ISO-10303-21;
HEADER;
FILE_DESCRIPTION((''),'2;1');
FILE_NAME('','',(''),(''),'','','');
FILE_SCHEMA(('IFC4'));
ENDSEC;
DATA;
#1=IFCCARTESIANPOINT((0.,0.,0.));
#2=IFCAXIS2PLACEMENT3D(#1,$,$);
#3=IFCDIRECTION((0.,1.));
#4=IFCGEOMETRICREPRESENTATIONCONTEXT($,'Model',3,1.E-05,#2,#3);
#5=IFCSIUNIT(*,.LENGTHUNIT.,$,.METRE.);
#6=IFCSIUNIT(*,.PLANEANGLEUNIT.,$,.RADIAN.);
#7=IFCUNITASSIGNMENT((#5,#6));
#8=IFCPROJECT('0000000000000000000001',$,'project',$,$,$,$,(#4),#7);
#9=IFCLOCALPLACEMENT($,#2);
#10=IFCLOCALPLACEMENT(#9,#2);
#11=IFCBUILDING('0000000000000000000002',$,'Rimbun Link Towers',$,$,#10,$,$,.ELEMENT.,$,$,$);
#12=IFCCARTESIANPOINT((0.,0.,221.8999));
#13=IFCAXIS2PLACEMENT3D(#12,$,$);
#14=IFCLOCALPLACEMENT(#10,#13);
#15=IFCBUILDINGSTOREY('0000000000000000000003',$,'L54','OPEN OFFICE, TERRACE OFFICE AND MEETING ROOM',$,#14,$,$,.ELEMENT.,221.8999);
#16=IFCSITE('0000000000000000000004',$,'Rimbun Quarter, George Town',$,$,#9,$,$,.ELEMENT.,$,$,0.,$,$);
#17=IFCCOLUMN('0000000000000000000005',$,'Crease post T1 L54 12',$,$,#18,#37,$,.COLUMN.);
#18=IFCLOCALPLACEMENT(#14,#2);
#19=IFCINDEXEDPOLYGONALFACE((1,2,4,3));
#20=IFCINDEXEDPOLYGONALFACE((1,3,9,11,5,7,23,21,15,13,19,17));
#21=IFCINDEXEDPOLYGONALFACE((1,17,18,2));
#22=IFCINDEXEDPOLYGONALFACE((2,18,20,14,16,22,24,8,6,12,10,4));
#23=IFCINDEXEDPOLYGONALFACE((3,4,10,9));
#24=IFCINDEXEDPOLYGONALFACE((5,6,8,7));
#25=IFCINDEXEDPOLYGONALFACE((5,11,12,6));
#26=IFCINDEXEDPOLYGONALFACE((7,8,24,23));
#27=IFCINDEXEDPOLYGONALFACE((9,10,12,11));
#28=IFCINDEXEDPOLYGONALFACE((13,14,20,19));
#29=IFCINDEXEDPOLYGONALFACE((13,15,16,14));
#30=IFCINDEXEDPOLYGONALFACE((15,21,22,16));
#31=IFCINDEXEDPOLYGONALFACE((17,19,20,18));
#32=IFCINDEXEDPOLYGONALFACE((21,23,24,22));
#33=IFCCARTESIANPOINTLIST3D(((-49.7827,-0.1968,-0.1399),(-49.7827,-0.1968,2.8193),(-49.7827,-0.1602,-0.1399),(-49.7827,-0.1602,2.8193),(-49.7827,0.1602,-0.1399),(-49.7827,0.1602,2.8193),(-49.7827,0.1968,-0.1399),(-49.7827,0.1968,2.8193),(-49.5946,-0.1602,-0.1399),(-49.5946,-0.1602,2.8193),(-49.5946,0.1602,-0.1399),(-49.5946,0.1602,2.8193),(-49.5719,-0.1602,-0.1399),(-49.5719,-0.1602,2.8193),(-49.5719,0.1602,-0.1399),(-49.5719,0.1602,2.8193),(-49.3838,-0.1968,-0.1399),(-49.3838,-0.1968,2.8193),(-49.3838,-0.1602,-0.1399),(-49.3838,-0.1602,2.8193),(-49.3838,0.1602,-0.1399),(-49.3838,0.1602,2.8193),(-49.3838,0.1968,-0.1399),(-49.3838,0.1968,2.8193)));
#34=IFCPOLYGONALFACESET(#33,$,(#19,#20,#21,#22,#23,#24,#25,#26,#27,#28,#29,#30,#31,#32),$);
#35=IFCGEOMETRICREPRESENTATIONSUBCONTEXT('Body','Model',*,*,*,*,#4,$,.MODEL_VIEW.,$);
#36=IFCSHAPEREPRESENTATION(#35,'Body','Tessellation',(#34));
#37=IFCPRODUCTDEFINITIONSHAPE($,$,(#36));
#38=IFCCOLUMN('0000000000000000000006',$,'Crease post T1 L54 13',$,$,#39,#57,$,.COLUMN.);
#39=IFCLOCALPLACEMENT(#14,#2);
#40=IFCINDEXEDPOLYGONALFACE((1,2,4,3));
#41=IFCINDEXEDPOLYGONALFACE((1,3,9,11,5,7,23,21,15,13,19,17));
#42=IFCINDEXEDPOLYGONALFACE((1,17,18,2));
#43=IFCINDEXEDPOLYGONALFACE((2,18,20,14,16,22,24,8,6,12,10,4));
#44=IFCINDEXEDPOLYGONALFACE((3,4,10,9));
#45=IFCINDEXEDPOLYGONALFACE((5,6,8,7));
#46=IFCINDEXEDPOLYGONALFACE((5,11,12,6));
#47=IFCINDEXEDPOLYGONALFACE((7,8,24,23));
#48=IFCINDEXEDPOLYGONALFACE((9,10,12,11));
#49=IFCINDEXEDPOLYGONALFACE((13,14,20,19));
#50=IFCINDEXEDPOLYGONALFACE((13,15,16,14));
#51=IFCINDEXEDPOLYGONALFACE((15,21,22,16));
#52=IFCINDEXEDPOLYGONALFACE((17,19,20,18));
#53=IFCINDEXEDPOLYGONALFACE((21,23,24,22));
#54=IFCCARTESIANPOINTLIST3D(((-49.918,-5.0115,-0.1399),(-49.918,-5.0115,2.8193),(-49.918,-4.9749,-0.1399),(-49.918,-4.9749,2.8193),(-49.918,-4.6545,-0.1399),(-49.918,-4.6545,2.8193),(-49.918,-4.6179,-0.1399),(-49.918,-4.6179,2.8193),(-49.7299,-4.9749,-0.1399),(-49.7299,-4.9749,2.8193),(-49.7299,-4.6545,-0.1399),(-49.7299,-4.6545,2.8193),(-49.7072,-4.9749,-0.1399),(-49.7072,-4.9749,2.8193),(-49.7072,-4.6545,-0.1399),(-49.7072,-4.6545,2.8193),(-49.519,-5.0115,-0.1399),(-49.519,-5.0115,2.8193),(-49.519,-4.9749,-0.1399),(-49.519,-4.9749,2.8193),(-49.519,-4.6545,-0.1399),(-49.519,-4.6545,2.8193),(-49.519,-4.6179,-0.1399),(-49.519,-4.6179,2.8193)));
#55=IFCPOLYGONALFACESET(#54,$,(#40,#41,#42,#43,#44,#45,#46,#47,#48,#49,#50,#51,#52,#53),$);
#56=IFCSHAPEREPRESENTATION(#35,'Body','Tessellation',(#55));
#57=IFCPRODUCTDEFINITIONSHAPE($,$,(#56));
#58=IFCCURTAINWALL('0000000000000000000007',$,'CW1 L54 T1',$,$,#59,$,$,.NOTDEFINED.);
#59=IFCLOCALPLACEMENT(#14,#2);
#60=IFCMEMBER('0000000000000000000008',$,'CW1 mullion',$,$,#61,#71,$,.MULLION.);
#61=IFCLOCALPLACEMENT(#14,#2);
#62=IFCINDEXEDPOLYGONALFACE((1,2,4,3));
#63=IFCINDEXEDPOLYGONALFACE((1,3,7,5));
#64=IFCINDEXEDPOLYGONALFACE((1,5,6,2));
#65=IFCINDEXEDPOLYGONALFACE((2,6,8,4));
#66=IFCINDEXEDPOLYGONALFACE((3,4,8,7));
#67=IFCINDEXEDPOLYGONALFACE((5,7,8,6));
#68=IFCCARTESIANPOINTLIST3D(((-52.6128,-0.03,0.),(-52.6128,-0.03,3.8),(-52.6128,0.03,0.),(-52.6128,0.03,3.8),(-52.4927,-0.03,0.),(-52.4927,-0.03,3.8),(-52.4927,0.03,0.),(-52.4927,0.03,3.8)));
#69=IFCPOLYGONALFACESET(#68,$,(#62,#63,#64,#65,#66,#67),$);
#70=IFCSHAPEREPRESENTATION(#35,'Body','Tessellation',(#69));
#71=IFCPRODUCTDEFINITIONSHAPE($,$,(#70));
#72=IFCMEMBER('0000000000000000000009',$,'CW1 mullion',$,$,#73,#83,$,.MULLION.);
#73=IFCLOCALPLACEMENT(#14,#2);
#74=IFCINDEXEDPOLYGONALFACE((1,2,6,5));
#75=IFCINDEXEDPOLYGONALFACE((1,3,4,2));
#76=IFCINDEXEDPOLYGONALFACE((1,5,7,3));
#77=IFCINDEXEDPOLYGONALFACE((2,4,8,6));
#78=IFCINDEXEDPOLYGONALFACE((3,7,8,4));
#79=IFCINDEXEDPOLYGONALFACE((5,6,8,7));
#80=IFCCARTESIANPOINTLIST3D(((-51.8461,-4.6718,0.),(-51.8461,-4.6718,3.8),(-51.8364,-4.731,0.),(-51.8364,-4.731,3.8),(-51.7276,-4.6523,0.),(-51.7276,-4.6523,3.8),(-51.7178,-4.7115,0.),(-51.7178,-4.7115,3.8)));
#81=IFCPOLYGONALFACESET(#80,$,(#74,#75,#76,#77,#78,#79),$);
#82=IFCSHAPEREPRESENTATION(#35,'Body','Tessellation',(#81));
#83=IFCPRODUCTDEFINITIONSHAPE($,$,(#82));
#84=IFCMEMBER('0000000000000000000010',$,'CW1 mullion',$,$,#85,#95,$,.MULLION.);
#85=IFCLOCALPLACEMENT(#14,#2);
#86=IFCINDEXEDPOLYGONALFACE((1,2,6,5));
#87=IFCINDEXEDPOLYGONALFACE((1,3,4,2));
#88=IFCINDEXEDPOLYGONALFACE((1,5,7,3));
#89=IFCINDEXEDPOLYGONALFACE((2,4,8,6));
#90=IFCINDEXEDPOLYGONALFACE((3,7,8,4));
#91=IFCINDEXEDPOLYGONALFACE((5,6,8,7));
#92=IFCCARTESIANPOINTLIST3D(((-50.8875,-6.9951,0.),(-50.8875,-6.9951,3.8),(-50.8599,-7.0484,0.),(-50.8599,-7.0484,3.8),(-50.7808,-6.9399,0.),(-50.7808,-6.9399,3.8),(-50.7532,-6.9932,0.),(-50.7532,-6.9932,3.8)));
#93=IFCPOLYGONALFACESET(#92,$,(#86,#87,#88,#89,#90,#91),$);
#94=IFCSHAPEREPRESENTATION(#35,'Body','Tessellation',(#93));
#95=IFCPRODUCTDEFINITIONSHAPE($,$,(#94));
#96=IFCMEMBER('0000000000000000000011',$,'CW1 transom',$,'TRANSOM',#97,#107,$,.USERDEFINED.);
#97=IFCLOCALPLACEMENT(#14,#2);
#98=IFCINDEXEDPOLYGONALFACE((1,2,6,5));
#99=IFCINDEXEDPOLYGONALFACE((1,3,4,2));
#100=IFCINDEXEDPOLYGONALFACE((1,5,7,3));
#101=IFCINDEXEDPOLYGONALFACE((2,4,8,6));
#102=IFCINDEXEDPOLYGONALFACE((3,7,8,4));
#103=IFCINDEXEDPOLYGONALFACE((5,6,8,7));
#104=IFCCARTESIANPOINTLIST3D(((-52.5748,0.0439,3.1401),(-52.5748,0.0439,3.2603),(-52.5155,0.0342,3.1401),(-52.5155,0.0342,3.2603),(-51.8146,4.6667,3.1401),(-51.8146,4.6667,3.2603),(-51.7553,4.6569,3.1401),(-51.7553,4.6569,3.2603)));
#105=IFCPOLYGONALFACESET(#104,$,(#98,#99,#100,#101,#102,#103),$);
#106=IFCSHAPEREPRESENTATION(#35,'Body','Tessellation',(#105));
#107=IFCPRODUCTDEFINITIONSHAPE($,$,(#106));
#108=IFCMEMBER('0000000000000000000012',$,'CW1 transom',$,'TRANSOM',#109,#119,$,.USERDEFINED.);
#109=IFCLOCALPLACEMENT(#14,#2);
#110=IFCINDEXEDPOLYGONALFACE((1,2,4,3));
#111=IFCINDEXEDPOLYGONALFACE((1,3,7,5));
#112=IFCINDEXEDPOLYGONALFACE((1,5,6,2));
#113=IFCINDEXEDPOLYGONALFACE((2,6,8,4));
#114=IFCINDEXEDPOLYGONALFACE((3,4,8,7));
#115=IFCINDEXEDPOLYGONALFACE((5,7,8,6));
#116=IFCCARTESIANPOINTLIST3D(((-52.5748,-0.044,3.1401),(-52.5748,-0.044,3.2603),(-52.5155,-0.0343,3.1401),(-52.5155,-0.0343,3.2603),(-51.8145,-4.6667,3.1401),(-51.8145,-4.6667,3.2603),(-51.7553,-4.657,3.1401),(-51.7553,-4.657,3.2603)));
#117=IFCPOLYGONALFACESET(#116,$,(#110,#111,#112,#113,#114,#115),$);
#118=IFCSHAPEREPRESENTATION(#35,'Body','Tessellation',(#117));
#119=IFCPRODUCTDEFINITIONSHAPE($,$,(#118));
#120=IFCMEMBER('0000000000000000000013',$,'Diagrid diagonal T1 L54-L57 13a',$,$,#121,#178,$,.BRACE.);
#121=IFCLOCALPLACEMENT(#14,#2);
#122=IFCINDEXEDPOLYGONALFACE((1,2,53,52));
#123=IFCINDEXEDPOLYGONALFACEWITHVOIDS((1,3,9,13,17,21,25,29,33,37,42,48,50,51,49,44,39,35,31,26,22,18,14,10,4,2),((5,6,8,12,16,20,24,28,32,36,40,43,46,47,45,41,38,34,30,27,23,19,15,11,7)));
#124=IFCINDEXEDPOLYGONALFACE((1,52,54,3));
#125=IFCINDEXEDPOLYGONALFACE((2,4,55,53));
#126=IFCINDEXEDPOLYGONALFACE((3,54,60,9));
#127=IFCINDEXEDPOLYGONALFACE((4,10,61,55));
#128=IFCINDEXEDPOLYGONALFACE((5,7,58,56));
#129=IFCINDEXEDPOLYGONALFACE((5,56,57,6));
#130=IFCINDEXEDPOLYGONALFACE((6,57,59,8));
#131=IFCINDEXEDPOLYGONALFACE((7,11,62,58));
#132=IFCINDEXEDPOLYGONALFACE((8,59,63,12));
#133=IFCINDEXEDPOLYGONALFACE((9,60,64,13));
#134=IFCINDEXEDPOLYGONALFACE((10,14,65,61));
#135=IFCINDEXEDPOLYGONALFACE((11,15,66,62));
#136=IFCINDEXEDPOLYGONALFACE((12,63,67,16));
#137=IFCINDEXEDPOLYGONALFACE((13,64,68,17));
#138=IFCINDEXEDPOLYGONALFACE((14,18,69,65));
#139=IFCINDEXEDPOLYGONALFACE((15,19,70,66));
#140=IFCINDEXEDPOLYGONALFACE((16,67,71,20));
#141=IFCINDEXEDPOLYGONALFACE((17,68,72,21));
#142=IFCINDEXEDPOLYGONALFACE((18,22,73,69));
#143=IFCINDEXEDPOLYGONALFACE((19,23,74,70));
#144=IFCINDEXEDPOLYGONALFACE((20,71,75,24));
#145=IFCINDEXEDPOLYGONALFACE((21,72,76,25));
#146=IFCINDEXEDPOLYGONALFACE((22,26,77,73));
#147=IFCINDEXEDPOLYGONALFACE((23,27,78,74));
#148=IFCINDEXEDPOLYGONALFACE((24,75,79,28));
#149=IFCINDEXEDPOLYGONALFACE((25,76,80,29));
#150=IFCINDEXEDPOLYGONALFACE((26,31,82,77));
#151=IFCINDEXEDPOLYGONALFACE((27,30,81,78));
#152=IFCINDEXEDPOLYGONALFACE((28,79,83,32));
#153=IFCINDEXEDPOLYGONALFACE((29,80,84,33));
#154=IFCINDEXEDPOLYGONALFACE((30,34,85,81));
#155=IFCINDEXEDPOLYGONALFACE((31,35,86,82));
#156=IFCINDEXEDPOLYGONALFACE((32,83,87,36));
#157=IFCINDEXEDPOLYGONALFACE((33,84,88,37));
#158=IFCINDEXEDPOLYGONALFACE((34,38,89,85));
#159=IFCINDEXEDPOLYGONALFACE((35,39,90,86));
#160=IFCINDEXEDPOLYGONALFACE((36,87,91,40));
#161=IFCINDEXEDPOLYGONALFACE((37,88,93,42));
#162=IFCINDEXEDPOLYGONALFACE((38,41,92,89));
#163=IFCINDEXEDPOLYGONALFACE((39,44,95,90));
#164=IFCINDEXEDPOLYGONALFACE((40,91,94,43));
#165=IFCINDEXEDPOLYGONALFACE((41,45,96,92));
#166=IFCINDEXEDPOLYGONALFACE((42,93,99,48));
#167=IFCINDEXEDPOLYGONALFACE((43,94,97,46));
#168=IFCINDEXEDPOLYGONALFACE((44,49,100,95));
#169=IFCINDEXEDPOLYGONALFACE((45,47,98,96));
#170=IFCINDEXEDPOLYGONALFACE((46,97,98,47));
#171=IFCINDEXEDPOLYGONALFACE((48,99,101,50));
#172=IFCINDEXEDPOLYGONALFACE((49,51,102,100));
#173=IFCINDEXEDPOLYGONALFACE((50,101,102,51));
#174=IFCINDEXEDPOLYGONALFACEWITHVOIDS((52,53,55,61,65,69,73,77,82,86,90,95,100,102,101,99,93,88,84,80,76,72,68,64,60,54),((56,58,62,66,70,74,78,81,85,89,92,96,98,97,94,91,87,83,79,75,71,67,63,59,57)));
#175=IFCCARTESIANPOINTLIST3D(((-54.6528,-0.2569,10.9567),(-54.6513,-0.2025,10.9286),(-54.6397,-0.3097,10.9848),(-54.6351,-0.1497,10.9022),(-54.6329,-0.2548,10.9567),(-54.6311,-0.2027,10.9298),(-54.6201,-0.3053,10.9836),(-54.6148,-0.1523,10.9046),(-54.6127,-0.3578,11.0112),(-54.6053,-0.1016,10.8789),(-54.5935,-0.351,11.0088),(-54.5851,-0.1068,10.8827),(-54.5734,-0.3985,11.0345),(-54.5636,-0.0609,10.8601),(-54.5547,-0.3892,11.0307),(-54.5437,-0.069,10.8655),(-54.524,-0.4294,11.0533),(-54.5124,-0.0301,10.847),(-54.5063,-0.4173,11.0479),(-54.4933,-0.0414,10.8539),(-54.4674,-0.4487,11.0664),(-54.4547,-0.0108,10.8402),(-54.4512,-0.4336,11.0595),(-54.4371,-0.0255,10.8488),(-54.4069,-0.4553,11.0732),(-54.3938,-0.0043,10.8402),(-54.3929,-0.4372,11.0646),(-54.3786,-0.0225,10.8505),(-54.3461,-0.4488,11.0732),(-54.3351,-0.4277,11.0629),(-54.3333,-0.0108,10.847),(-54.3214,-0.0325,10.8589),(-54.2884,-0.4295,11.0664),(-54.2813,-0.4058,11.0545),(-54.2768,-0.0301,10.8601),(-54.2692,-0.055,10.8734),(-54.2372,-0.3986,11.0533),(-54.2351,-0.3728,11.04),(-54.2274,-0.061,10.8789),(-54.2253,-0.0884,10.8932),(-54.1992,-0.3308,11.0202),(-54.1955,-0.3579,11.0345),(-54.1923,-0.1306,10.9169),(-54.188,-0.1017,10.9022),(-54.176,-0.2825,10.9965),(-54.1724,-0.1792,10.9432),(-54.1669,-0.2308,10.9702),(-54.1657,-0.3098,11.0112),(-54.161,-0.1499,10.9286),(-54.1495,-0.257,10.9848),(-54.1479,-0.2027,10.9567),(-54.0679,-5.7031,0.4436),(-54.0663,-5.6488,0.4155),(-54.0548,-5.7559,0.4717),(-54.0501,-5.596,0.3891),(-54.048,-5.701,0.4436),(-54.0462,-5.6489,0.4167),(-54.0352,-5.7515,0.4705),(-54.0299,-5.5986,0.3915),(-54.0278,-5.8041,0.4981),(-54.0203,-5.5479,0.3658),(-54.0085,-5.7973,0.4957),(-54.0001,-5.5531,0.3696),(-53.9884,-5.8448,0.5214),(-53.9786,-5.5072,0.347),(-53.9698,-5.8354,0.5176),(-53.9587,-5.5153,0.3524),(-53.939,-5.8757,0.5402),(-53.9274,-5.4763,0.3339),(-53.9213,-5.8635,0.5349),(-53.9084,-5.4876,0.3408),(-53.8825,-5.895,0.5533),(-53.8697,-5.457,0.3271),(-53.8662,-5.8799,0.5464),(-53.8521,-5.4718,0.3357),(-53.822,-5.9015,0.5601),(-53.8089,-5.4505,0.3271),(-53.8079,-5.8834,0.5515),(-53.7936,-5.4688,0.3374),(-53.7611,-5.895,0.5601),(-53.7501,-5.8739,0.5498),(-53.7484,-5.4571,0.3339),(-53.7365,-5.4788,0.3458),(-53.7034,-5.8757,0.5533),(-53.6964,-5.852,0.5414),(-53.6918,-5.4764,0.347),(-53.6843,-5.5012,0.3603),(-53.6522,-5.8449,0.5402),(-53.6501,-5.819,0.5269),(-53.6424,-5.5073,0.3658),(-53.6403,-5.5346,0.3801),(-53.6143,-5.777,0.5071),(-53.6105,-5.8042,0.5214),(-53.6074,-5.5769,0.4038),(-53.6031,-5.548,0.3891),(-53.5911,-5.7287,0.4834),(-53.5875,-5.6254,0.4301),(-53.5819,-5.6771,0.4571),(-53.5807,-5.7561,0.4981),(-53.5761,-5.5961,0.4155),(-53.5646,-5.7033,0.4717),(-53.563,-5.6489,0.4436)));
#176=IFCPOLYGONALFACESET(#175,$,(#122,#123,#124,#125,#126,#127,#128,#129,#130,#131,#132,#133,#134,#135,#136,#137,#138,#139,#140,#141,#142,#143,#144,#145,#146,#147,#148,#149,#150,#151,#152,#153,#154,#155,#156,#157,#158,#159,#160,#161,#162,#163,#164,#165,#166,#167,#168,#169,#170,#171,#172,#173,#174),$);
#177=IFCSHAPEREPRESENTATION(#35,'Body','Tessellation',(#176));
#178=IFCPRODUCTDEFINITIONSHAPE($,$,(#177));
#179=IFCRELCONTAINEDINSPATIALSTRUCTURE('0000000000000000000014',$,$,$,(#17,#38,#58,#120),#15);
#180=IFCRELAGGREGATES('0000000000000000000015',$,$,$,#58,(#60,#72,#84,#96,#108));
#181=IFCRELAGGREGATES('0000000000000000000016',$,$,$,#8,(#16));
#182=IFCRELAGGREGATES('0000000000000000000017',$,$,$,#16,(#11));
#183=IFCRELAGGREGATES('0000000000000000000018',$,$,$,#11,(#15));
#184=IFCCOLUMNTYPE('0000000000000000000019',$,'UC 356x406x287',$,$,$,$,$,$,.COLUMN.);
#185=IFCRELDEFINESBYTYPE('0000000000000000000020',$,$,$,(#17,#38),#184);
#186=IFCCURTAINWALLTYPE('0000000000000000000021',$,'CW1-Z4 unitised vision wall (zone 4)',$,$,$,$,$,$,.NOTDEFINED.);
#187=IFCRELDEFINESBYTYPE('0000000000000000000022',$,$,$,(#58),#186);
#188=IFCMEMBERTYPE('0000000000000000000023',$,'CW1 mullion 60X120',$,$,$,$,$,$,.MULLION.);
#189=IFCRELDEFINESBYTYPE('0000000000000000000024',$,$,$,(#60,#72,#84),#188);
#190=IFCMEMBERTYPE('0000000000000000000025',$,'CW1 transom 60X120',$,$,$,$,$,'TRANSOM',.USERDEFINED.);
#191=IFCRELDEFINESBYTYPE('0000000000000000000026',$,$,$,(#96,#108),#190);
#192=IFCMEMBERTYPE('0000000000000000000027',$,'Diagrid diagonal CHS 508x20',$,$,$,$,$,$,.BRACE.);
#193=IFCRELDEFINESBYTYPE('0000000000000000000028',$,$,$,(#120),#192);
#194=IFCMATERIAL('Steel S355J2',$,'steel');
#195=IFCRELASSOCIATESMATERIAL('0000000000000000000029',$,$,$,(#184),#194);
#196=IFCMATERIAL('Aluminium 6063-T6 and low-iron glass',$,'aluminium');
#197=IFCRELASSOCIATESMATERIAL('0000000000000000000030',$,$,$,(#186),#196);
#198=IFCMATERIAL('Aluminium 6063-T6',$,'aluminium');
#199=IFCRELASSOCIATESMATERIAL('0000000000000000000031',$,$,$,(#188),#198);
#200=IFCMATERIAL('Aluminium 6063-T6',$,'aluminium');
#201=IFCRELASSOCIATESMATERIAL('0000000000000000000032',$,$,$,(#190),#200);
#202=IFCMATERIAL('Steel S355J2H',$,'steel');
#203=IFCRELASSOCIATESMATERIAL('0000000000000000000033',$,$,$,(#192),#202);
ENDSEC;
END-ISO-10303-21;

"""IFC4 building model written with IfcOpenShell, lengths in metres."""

from ifc_helpers import new_model, si_unit, direction, frame, origin, origin_2d, place, context, subcontext, project, spatial, rectangle, hollow_circle, i_section, extrude, material, material_profile, profile_set, type_object, element, aggregate, save


model = new_model("IFC4")

# Units and contexts
model_context = context("Model", 3, precision=1e-05, world=origin(), true_north=direction((0.0, 1.0)))
body_context = subcontext(model_context, "Body", "Model", "MODEL_VIEW")
ifc_project = project(units=[si_unit("LENGTHUNIT", "METRE"), si_unit("PLANEANGLEUNIT", "RADIAN")], contexts=[model_context])

# Site, building, storey
site_placement = place(None, origin())
site = spatial("IfcSite", under=ifc_project, at=site_placement, Name="Rimbun Quarter, George Town", CompositionType="ELEMENT", RefElevation=0.0)
building_placement = place(site_placement, origin())
building = spatial("IfcBuilding", under=site, at=building_placement, Name="Rimbun Link Towers", CompositionType="ELEMENT")
storey_placement = place(building_placement, frame((0.0, 0.0, 221.8999)))
storey = spatial("IfcBuildingStorey", under=building, at=storey_placement, Name="L54", Description="OPEN OFFICE, TERRACE OFFICE AND MEETING ROOM", CompositionType="ELEMENT", Elevation=221.8999)

# Columns
ifc_material_1 = material(Name="Steel S355J2", Category="steel")
ifc_material_profile_1 = material_profile(ifc_material_1, i_section(OverallWidth=0.3989, OverallDepth=0.3936, WebThickness=0.0227, FlangeThickness=0.0366, at=origin_2d()), Name="UC 356x406x287")
ifc_profile_set_1 = profile_set([ifc_material_profile_1], Name="Steel S355J2")
column_type = type_object("IfcColumnType", Name="UC 356x406x287", PredefinedType="COLUMN", material=ifc_profile_set_1)
for number, where, z_axis, x_axis, name in (
    (1, (-49.5833, 0.0, -0.1399), (0.0, 0.0, 1.0), (1.0, 0.0, 0.0), "Crease post T1 L54 12"),
    (2, (-49.7185, -4.8147, -0.1399), (0.0, 0.0, 1.0), (1.0, 0.0, 0.0), "Crease post T1 L54 13"),
):
    element("IfcColumn", number, at=place(storey_placement, frame(where, z_axis=z_axis, x_axis=x_axis)), inside=storey, type_object=column_type, Name=name, PredefinedType="COLUMN", context=body_context, shape_type="SweptSolid", body=[
        extrude(i_section(OverallWidth=0.3989, OverallDepth=0.3936, WebThickness=0.0227, FlangeThickness=0.0366, at=origin_2d()), origin(), (0.0, 0.0, 1.0), 2.9592),
    ])

# Curtain wall, members
ifc_material_2 = material(Name="Aluminium 6063-T6 and low-iron glass", Category="aluminium")
curtain_wall_type = type_object("IfcCurtainWallType", Name="CW1-Z4 unitised vision wall (zone 4)", PredefinedType="NOTDEFINED", material=ifc_material_2)
curtain_wall_placement = place(storey_placement, origin())
curtain_wall = element("IfcCurtainWall", 3, at=curtain_wall_placement, inside=storey, type_object=curtain_wall_type, Name="CW1 L54 T1", PredefinedType="NOTDEFINED")
ifc_material_3 = material(Name="Aluminium 6063-T6", Category="aluminium")
ifc_material_profile_2 = material_profile(ifc_material_3, rectangle(XDim=0.1201, YDim=0.0601, at=origin_2d()), Name="MULLION 60X120")
ifc_profile_set_2 = profile_set([ifc_material_profile_2], Name="Aluminium 6063-T6")
member_type_1 = type_object("IfcMemberType", Name="CW1 mullion 60X120", PredefinedType="MULLION", material=ifc_profile_set_2)
member_1_placement = place(storey_placement, frame((-52.5527, 0.0, 0.0), z_axis=(0.0, 0.0, 1.0), x_axis=(-1.0, 0.0, 0.0)))
member_1 = element("IfcMember", 4, at=member_1_placement, type_object=member_type_1, Name="CW1 mullion", PredefinedType="MULLION", context=body_context, shape_type="SweptSolid", body=[
    extrude(rectangle(XDim=0.1201, YDim=0.0601, at=origin_2d()), origin(), (0.0, 0.0, 1.0), 3.8),
])
member_2_placement = place(storey_placement, frame((-51.782, -4.6917, 0.0), z_axis=(0.0, 0.0, 1.0), x_axis=(-0.986747, -0.162264, 0.0)))
member_2 = element("IfcMember", 5, at=member_2_placement, type_object=member_type_1, Name="CW1 mullion", PredefinedType="MULLION", context=body_context, shape_type="SweptSolid", body=[
    extrude(rectangle(XDim=0.1201, YDim=0.0601, at=origin_2d()), origin(), (0.0, 0.0, 1.0), 3.8),
])
member_3_placement = place(storey_placement, frame((-50.8203, -6.9941, 0.0), z_axis=(0.0, 0.0, 1.0), x_axis=(-0.888153, -0.459548, 0.0)))
member_3 = element("IfcMember", 6, at=member_3_placement, type_object=member_type_1, Name="CW1 mullion", PredefinedType="MULLION", context=body_context, shape_type="SweptSolid", body=[
    extrude(rectangle(XDim=0.1201, YDim=0.0601, at=origin_2d()), origin(), (0.0, 0.0, 1.0), 3.8),
])
ifc_material_4 = material(Name="Aluminium 6063-T6", Category="aluminium")
ifc_material_profile_3 = material_profile(ifc_material_4, rectangle(XDim=0.0601, YDim=0.1201, at=origin_2d()), Name="TRANSOM 60X120")
ifc_profile_set_3 = profile_set([ifc_material_profile_3], Name="Aluminium 6063-T6")
member_type_2 = type_object("IfcMemberType", Name="CW1 transom 60X120", ElementType="TRANSOM", PredefinedType="USERDEFINED", material=ifc_profile_set_3)
member_4_placement = place(storey_placement, frame((-52.5452, 0.0391, 3.2002), z_axis=(0.162277, 0.986745, 0.0), x_axis=(-0.986745, 0.162277, 0.0)))
member_4 = element("IfcMember", 7, at=member_4_placement, type_object=member_type_2, Name="CW1 transom", ObjectType="TRANSOM", PredefinedType="USERDEFINED", context=body_context, shape_type="SweptSolid", body=[
    extrude(rectangle(XDim=0.0601, YDim=0.1201, at=origin_2d()), origin(), (0.0, 0.0, 1.0), 4.6848),
])
member_5_placement = place(storey_placement, frame((-51.7849, -4.6619, 3.2002), z_axis=(-0.162277, 0.986745, 0.0), x_axis=(-0.986745, -0.162277, 0.0)))
member_5 = element("IfcMember", 8, at=member_5_placement, type_object=member_type_2, Name="CW1 transom", ObjectType="TRANSOM", PredefinedType="USERDEFINED", context=body_context, shape_type="SweptSolid", body=[
    extrude(rectangle(XDim=0.0601, YDim=0.1201, at=origin_2d()), origin(), (0.0, 0.0, 1.0), 4.6848),
])

# Member
ifc_material_5 = material(Name="Steel S355J2H", Category="steel")
ifc_material_profile_4 = material_profile(ifc_material_5, hollow_circle(Radius=0.2539, WallThickness=0.02, at=origin_2d()), Name="Diagrid diagonal CHS 508x20")
ifc_profile_set_4 = profile_set([ifc_material_profile_4], Name="Steel S355J2H")
member_type_3 = type_object("IfcMemberType", Name="Diagrid diagonal CHS 508x20", PredefinedType="BRACE", material=ifc_profile_set_4)
member_6_placement = place(storey_placement, frame((-53.8154, -5.676, 0.4436), z_axis=(-0.049345, 0.459425, 0.886845), x_axis=(-0.994281, -0.106791, 0.0)))
element("IfcMember", 9, at=member_6_placement, inside=storey, type_object=member_type_3, Name="Diagrid diagonal T1 L54-L57 13a", PredefinedType="BRACE", context=body_context, shape_type="SweptSolid", body=[
    extrude(hollow_circle(Radius=0.2539, WallThickness=0.02, at=origin_2d()), origin(), (0.0, 0.0, 1.0), 11.8545),
])

aggregate(curtain_wall, [member_1, member_2, member_3, member_4, member_5])

save(model, "model.ifc")
